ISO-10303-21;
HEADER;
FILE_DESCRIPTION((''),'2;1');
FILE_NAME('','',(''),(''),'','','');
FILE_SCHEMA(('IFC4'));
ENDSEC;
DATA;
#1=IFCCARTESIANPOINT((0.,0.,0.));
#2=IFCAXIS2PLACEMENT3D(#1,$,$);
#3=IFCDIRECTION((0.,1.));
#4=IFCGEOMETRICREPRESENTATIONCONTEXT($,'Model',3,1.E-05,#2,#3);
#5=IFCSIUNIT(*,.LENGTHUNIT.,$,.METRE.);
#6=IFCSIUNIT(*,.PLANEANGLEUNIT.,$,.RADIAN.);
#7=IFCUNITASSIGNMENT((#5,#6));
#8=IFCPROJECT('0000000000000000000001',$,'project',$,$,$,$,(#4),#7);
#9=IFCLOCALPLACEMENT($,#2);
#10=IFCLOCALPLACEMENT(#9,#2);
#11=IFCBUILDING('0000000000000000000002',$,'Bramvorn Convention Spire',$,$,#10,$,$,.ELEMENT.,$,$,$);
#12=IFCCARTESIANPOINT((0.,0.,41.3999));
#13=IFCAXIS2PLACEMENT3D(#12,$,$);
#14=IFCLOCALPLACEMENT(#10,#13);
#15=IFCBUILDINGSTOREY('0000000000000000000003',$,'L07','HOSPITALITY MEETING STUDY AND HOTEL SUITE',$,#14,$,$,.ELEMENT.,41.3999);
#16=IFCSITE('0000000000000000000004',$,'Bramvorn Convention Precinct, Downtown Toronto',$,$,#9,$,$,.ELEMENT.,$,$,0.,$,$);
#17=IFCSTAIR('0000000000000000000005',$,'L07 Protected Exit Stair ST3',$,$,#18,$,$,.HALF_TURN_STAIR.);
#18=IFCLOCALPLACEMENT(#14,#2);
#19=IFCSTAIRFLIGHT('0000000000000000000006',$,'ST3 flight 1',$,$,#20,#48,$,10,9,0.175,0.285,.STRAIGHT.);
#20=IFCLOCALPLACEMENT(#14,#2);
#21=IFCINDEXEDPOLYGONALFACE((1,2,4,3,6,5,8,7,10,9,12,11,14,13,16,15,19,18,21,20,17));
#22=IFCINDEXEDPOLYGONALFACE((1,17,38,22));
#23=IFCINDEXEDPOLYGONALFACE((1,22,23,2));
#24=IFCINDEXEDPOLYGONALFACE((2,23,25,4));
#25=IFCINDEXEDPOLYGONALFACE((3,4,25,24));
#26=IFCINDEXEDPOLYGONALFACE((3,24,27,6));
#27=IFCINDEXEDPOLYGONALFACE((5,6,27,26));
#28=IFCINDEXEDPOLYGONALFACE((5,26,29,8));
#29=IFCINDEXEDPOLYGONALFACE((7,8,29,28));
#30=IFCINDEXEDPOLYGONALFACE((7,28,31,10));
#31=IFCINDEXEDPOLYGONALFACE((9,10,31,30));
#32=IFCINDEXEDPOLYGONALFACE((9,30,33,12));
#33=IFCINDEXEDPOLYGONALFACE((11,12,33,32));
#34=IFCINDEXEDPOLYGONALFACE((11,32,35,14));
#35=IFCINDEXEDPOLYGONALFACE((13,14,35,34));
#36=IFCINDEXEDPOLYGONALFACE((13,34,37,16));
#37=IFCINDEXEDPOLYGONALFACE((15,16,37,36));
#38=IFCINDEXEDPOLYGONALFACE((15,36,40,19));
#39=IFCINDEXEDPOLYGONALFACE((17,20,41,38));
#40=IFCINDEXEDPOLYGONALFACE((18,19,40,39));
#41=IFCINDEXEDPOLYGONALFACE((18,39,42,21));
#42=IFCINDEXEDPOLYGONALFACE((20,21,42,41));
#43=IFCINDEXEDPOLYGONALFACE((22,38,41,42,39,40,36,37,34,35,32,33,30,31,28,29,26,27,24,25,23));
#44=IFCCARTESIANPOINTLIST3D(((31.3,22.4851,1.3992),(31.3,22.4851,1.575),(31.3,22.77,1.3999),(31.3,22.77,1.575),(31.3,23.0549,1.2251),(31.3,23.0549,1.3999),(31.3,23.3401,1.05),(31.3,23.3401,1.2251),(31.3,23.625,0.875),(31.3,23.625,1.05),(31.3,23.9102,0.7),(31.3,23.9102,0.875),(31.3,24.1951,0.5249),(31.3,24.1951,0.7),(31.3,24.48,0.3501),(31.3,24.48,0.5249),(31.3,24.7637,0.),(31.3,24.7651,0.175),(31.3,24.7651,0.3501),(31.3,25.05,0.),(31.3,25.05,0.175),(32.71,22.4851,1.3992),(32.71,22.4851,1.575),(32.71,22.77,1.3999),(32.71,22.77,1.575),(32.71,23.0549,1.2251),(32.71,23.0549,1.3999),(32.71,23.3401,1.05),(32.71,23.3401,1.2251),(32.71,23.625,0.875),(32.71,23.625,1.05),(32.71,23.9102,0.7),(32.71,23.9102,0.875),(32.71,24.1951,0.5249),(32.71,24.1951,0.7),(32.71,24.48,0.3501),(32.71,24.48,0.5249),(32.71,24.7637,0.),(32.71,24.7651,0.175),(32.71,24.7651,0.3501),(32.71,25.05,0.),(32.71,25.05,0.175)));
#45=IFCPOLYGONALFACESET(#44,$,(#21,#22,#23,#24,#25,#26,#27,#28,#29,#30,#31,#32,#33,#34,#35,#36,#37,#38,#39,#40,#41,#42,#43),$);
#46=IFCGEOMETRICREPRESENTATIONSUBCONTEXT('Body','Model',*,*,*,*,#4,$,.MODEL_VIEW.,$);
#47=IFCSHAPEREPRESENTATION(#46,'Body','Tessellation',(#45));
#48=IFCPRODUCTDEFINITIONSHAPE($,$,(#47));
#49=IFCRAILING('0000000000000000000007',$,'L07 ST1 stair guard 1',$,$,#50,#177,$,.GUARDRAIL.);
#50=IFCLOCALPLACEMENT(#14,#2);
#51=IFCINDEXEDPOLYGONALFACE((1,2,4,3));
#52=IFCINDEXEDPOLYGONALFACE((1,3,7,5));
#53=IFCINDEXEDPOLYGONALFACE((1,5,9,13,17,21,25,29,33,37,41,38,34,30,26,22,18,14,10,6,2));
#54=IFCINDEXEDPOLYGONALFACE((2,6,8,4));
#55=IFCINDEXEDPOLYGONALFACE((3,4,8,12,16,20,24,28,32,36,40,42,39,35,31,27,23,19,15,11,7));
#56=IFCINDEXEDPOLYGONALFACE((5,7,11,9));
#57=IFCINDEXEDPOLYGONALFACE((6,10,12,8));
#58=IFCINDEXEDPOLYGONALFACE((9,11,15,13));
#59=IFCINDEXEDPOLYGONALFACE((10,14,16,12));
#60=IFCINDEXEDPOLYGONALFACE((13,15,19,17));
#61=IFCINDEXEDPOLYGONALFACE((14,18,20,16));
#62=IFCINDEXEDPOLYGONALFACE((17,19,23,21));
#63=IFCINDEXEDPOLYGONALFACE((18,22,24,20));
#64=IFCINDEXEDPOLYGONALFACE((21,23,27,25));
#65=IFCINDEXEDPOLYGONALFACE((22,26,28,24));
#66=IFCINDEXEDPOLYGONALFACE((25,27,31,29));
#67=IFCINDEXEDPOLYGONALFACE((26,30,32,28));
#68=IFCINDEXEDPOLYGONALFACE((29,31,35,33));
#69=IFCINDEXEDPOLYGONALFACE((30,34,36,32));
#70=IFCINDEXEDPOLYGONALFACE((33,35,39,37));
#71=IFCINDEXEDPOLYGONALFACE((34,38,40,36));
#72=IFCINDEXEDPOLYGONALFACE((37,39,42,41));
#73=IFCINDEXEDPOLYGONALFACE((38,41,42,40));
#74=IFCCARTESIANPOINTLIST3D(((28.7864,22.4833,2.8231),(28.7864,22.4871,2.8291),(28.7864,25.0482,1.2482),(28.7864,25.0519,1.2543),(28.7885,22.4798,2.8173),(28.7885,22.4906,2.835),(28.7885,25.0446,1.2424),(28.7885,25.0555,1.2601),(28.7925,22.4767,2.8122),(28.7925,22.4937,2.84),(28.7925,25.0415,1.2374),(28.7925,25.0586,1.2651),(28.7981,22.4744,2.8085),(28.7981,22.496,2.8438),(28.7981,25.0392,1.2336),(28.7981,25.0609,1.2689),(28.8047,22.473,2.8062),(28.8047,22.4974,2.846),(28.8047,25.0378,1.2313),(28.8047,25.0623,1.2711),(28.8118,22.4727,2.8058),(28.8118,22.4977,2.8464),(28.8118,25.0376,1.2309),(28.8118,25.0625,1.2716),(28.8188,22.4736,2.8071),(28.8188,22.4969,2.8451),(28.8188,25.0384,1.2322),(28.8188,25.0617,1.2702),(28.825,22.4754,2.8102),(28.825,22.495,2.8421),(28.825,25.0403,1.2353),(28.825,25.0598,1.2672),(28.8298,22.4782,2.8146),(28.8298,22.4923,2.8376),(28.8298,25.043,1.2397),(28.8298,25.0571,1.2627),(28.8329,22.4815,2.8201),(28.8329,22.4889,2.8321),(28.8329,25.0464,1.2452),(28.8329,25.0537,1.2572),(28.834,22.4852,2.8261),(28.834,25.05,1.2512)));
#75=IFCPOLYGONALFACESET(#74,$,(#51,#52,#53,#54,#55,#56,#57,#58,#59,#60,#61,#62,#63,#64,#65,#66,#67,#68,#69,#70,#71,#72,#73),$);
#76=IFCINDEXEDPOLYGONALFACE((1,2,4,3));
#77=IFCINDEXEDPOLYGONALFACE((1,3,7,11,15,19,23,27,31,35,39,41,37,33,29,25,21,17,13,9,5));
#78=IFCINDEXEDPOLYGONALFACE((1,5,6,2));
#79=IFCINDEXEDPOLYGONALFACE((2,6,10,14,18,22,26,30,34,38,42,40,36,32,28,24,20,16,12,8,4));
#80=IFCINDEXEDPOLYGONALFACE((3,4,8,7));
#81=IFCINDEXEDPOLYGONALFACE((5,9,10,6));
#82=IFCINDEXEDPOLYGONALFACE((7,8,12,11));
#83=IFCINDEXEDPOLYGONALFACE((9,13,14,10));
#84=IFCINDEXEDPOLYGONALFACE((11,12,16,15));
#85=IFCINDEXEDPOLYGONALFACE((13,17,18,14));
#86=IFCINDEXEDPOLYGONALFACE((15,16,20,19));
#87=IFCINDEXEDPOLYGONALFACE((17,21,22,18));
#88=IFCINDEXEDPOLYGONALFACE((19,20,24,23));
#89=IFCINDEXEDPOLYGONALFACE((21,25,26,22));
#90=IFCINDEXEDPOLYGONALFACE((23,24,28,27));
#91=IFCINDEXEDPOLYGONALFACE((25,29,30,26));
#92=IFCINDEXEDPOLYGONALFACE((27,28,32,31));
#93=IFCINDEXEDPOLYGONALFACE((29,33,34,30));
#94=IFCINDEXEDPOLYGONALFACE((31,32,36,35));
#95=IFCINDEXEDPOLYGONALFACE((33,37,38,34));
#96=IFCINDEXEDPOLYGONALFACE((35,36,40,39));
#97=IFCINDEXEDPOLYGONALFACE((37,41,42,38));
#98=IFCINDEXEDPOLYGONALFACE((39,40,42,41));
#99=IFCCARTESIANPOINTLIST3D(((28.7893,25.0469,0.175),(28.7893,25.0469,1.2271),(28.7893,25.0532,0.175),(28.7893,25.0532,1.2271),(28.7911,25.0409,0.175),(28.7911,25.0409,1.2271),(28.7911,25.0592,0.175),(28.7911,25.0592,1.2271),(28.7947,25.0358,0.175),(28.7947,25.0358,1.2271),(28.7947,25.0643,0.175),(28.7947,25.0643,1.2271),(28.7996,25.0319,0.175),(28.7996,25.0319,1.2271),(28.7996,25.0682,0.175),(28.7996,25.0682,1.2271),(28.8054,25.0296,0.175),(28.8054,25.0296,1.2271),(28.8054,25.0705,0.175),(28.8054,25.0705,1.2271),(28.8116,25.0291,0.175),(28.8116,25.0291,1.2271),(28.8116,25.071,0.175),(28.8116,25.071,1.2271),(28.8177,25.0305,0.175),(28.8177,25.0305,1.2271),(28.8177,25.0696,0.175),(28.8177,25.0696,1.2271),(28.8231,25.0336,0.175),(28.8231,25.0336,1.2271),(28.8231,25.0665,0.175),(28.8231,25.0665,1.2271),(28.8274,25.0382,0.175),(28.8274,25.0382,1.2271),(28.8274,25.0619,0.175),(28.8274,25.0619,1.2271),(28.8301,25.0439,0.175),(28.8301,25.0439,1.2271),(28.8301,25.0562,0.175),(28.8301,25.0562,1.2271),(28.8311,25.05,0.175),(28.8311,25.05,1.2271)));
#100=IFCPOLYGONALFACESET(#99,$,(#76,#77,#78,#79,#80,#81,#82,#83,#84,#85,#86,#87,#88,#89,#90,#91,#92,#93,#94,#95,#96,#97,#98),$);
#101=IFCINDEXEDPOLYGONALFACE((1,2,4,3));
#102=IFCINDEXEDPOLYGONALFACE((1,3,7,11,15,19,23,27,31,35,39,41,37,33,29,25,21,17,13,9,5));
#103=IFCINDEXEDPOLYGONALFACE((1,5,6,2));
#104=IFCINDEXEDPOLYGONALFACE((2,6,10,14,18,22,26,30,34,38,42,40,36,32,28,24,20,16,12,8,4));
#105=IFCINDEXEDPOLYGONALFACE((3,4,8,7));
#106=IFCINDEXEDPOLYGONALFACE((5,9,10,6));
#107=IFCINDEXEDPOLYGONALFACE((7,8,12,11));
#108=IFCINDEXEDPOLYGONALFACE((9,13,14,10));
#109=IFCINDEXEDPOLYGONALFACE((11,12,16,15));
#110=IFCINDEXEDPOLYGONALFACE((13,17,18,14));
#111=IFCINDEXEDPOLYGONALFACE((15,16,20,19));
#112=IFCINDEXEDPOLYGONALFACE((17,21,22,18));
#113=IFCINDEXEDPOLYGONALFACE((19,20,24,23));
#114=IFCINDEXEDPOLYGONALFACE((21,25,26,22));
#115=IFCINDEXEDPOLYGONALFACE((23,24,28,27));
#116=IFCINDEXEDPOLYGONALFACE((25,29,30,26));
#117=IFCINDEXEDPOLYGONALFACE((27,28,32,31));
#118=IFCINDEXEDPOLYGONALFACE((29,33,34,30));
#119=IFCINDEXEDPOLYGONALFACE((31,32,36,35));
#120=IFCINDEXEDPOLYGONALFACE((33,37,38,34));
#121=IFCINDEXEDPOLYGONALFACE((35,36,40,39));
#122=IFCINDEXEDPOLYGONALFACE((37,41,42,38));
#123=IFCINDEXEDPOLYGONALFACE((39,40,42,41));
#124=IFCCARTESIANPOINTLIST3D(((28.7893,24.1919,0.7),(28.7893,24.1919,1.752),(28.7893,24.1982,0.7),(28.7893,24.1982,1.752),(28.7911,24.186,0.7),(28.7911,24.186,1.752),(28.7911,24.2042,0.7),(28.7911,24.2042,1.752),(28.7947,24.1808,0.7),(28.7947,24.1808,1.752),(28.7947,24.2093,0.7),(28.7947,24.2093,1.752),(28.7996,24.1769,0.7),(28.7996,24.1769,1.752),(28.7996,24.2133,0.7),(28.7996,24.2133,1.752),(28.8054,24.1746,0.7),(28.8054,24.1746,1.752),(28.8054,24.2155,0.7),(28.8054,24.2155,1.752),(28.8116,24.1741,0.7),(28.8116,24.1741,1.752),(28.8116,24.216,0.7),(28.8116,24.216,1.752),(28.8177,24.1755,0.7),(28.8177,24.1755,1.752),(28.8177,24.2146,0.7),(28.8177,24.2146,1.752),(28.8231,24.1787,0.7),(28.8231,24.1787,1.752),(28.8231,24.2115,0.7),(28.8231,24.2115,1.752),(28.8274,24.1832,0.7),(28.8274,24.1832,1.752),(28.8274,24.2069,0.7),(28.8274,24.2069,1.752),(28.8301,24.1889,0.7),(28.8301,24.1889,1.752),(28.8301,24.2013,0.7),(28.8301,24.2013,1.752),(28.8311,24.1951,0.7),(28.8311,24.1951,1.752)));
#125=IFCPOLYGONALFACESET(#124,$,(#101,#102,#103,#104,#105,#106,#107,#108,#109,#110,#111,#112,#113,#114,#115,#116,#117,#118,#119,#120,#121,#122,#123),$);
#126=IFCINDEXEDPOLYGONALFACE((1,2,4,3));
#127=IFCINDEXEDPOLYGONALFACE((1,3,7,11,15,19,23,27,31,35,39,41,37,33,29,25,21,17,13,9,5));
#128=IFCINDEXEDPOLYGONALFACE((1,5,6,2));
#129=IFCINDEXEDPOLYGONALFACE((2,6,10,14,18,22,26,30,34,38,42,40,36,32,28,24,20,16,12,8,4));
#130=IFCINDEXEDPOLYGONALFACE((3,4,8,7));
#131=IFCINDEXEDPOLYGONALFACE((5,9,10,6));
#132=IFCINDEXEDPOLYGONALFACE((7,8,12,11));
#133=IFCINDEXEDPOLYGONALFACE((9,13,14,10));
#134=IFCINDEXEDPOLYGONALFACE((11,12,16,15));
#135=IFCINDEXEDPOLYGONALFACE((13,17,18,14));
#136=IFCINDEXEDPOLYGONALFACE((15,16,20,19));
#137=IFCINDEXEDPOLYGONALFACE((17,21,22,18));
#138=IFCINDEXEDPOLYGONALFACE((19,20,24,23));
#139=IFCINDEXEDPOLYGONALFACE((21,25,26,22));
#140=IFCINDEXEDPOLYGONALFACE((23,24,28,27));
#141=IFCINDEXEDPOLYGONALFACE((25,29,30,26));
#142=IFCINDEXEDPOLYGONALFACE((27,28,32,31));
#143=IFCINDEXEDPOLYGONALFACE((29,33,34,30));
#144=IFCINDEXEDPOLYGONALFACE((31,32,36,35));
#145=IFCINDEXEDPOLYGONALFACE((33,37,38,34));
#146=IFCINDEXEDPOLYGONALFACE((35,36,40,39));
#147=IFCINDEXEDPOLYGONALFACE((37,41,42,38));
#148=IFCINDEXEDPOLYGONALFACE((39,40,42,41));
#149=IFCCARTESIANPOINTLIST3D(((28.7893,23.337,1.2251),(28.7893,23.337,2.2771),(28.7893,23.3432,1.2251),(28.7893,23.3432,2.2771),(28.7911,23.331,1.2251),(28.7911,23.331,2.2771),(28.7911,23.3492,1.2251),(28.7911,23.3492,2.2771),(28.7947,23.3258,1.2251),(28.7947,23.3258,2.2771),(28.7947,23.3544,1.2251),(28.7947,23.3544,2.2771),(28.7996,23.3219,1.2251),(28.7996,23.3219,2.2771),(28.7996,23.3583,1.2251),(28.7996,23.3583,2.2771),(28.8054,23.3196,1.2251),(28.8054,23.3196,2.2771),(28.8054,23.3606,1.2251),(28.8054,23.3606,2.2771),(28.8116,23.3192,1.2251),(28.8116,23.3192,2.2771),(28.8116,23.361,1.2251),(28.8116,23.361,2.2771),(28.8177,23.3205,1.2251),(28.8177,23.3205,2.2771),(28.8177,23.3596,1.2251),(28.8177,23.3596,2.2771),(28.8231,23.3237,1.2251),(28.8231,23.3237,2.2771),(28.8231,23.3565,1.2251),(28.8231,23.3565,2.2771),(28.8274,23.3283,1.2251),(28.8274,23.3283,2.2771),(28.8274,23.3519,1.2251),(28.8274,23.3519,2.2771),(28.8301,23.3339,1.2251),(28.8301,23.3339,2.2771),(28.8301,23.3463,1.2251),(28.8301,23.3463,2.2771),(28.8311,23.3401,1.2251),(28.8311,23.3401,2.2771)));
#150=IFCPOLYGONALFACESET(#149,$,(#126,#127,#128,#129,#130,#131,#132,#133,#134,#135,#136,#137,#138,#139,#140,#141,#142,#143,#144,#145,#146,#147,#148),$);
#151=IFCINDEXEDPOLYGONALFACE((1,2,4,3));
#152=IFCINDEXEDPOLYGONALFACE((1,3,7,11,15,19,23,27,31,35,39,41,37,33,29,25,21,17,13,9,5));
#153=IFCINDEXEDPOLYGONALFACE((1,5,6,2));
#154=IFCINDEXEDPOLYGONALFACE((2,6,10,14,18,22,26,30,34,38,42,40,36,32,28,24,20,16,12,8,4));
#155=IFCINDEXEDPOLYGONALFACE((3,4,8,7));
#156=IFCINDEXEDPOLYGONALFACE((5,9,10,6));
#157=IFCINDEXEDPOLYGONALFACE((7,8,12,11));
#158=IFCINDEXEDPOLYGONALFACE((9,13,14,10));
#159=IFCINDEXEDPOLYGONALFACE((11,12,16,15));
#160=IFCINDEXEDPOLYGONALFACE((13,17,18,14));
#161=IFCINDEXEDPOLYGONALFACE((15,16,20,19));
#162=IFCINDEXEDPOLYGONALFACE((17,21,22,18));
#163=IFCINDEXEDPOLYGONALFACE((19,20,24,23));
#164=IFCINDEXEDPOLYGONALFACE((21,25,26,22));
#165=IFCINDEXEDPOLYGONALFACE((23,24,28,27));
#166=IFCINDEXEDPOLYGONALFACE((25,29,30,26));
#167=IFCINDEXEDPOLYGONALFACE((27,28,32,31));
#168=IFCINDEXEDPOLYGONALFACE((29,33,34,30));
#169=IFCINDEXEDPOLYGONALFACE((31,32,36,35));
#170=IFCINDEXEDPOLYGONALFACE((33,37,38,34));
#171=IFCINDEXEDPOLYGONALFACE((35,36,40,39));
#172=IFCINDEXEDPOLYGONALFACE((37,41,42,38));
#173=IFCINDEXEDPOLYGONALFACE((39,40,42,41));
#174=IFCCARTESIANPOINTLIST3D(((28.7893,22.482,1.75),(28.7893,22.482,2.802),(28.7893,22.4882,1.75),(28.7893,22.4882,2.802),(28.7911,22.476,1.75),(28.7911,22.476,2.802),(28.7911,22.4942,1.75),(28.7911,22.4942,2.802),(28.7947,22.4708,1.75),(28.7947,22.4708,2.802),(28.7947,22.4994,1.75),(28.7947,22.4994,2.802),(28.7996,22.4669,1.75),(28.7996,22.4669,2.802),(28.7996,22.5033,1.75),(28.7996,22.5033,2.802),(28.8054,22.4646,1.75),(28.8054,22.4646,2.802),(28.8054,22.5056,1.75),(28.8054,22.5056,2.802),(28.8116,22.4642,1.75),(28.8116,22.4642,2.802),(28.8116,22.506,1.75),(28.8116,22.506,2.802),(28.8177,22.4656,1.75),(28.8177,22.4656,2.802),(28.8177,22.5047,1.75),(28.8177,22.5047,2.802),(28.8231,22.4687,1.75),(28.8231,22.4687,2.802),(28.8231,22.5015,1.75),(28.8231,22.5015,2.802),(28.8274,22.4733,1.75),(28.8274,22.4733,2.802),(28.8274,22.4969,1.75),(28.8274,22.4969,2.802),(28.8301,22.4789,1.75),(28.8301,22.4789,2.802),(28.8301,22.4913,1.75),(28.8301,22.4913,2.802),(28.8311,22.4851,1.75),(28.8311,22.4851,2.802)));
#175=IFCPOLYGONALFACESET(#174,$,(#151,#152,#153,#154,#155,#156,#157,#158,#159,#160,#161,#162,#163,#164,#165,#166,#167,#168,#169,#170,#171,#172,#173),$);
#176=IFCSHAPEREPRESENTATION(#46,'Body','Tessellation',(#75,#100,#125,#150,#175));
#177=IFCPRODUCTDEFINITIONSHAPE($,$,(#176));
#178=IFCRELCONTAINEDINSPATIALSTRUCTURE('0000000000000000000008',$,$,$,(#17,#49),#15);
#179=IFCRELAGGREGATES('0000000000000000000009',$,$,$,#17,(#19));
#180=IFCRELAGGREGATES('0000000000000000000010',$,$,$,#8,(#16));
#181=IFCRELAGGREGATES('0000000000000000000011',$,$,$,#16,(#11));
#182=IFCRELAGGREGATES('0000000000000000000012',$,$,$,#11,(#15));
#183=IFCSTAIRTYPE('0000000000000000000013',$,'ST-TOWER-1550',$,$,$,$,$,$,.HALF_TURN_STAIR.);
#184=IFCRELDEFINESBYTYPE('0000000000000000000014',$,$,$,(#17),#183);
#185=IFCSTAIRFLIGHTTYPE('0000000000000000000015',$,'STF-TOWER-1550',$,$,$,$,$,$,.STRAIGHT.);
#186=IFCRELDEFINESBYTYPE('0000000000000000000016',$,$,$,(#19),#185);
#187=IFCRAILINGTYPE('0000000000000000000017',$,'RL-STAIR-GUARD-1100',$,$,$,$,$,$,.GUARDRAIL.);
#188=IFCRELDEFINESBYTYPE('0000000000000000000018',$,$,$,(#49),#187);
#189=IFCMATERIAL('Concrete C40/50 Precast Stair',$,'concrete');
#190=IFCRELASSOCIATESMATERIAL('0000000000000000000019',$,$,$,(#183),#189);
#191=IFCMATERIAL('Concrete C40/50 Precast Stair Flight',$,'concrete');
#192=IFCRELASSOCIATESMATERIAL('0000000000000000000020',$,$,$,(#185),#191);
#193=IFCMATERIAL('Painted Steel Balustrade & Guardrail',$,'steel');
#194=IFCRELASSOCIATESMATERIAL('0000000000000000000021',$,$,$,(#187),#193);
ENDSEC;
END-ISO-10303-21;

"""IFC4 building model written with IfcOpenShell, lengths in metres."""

from ifc_helpers import new_model, si_unit, direction, frame, origin, origin_2d, place, context, subcontext, project, spatial, polyline, circle, outline, extrude, material, type_object, element, aggregate, save


model = new_model("IFC4")

# Units and contexts
model_context = context("Model", 3, precision=1e-05, world=origin(), true_north=direction((0.0, 1.0)))
body_context = subcontext(model_context, "Body", "Model", "MODEL_VIEW")
ifc_project = project(units=[si_unit("LENGTHUNIT", "METRE"), si_unit("PLANEANGLEUNIT", "RADIAN")], contexts=[model_context])

# Site, building, storey
site_placement = place(None, origin())
site = spatial("IfcSite", under=ifc_project, at=site_placement, Name="Bramvorn Convention Precinct, Downtown Toronto", CompositionType="ELEMENT", RefElevation=0.0)
building_placement = place(site_placement, origin())
building = spatial("IfcBuilding", under=site, at=building_placement, Name="Bramvorn Convention Spire", CompositionType="ELEMENT")
storey_placement = place(building_placement, frame((0.0, 0.0, 41.3999)))
storey = spatial("IfcBuildingStorey", under=building, at=storey_placement, Name="L07", Description="HOSPITALITY MEETING STUDY AND HOTEL SUITE", CompositionType="ELEMENT", Elevation=41.3999)

# Stair, stair flight
ifc_material_1 = material(Name="Concrete C40/50 Precast Stair", Category="concrete")
stair_type = type_object("IfcStairType", Name="ST-TOWER-1550", PredefinedType="HALF_TURN_STAIR", material=ifc_material_1)
ifc_material_2 = material(Name="Concrete C40/50 Precast Stair Flight", Category="concrete")
stair_flight_type = type_object("IfcStairFlightType", Name="STF-TOWER-1550", PredefinedType="STRAIGHT", material=ifc_material_2)
stair_1_placement = place(storey_placement, origin())
stair_1 = element("IfcStair", 1, at=stair_1_placement, inside=storey, type_object=stair_type, Name="L07 Protected Exit Stair ST3", PredefinedType="HALF_TURN_STAIR")
stair_flight_1_placement = place(storey_placement, frame((32.0049, 25.05, 0.0), z_axis=(0.0, 0.0, 1.0), x_axis=(0.0, -1.0, 0.0)))
stair_flight_1 = element("IfcStairFlight", 2, at=stair_flight_1_placement, type_object=stair_flight_type, Name="ST3 flight 1", NumberOfRisers=10, NumberOfTreads=9, PredefinedType="STRAIGHT", RiserHeight=0.175, TreadLength=0.285, context=body_context, shape_type="SweptSolid", body=[
    extrude(outline(polyline([(0.0, 0.0), (0.0, 0.175), (0.2849, 0.175), (0.2849, 0.3501), (0.5701, 0.3501), (0.5701, 0.5249), (0.855, 0.5249), (0.855, 0.7), (1.1399, 0.7), (1.1399, 0.875), (1.425, 0.875), (1.425, 1.05), (1.71, 1.05), (1.71, 1.2251), (1.9951, 1.2251), (1.9951, 1.3999), (2.28, 1.3999), (2.28, 1.575), (2.5649, 1.575), (2.5649, 1.75), (2.5649, 1.3992), (0.2864, 0.0), (0.0, 0.0)])), frame((0.0, 0.7051, 0.0), z_axis=(0.0, -1.0, 0.0), x_axis=(1.0, 0.0, 0.0)), (0.0, 0.0, 1.0), 1.4099),
])
aggregate(stair_1, [stair_flight_1])

# Railing
ifc_material_3 = material(Name="Painted Steel Balustrade & Guardrail", Category="steel")
railing_type_1 = type_object("IfcRailingType", Name="RL-STAIR-GUARD-1100", PredefinedType="GUARDRAIL", material=ifc_material_3)
railing_1_placement = place(storey_placement, frame((28.8101, 25.05, 0.175)))
element("IfcRailing", 3, at=railing_1_placement, inside=storey, type_object=railing_type_1, Name="L07 ST1 stair guard 1", PredefinedType="GUARDRAIL", context=body_context, shape_type="SweptSolid", body=[
    extrude(circle(Radius=0.0239, at=origin_2d()), frame((0.0, 0.0, 1.0762), z_axis=(0.0, -0.852173, 0.52326), x_axis=(1.0, 0.0, 0.0)), (0.0, 0.0, 1.0), 3.0098),
    extrude(circle(Radius=0.021, at=origin_2d()), origin(), (0.0, 0.0, 1.0), 1.052),
    extrude(circle(Radius=0.021, at=origin_2d()), frame((0.0, -0.855, 0.5249)), (0.0, 0.0, 1.0), 1.052),
    extrude(circle(Radius=0.021, at=origin_2d()), frame((0.0, -1.71, 1.05)), (0.0, 0.0, 1.0), 1.052),
    extrude(circle(Radius=0.021, at=origin_2d()), frame((0.0, -2.5649, 1.575)), (0.0, 0.0, 1.0), 1.052),
])

save(model, "model.ifc")
